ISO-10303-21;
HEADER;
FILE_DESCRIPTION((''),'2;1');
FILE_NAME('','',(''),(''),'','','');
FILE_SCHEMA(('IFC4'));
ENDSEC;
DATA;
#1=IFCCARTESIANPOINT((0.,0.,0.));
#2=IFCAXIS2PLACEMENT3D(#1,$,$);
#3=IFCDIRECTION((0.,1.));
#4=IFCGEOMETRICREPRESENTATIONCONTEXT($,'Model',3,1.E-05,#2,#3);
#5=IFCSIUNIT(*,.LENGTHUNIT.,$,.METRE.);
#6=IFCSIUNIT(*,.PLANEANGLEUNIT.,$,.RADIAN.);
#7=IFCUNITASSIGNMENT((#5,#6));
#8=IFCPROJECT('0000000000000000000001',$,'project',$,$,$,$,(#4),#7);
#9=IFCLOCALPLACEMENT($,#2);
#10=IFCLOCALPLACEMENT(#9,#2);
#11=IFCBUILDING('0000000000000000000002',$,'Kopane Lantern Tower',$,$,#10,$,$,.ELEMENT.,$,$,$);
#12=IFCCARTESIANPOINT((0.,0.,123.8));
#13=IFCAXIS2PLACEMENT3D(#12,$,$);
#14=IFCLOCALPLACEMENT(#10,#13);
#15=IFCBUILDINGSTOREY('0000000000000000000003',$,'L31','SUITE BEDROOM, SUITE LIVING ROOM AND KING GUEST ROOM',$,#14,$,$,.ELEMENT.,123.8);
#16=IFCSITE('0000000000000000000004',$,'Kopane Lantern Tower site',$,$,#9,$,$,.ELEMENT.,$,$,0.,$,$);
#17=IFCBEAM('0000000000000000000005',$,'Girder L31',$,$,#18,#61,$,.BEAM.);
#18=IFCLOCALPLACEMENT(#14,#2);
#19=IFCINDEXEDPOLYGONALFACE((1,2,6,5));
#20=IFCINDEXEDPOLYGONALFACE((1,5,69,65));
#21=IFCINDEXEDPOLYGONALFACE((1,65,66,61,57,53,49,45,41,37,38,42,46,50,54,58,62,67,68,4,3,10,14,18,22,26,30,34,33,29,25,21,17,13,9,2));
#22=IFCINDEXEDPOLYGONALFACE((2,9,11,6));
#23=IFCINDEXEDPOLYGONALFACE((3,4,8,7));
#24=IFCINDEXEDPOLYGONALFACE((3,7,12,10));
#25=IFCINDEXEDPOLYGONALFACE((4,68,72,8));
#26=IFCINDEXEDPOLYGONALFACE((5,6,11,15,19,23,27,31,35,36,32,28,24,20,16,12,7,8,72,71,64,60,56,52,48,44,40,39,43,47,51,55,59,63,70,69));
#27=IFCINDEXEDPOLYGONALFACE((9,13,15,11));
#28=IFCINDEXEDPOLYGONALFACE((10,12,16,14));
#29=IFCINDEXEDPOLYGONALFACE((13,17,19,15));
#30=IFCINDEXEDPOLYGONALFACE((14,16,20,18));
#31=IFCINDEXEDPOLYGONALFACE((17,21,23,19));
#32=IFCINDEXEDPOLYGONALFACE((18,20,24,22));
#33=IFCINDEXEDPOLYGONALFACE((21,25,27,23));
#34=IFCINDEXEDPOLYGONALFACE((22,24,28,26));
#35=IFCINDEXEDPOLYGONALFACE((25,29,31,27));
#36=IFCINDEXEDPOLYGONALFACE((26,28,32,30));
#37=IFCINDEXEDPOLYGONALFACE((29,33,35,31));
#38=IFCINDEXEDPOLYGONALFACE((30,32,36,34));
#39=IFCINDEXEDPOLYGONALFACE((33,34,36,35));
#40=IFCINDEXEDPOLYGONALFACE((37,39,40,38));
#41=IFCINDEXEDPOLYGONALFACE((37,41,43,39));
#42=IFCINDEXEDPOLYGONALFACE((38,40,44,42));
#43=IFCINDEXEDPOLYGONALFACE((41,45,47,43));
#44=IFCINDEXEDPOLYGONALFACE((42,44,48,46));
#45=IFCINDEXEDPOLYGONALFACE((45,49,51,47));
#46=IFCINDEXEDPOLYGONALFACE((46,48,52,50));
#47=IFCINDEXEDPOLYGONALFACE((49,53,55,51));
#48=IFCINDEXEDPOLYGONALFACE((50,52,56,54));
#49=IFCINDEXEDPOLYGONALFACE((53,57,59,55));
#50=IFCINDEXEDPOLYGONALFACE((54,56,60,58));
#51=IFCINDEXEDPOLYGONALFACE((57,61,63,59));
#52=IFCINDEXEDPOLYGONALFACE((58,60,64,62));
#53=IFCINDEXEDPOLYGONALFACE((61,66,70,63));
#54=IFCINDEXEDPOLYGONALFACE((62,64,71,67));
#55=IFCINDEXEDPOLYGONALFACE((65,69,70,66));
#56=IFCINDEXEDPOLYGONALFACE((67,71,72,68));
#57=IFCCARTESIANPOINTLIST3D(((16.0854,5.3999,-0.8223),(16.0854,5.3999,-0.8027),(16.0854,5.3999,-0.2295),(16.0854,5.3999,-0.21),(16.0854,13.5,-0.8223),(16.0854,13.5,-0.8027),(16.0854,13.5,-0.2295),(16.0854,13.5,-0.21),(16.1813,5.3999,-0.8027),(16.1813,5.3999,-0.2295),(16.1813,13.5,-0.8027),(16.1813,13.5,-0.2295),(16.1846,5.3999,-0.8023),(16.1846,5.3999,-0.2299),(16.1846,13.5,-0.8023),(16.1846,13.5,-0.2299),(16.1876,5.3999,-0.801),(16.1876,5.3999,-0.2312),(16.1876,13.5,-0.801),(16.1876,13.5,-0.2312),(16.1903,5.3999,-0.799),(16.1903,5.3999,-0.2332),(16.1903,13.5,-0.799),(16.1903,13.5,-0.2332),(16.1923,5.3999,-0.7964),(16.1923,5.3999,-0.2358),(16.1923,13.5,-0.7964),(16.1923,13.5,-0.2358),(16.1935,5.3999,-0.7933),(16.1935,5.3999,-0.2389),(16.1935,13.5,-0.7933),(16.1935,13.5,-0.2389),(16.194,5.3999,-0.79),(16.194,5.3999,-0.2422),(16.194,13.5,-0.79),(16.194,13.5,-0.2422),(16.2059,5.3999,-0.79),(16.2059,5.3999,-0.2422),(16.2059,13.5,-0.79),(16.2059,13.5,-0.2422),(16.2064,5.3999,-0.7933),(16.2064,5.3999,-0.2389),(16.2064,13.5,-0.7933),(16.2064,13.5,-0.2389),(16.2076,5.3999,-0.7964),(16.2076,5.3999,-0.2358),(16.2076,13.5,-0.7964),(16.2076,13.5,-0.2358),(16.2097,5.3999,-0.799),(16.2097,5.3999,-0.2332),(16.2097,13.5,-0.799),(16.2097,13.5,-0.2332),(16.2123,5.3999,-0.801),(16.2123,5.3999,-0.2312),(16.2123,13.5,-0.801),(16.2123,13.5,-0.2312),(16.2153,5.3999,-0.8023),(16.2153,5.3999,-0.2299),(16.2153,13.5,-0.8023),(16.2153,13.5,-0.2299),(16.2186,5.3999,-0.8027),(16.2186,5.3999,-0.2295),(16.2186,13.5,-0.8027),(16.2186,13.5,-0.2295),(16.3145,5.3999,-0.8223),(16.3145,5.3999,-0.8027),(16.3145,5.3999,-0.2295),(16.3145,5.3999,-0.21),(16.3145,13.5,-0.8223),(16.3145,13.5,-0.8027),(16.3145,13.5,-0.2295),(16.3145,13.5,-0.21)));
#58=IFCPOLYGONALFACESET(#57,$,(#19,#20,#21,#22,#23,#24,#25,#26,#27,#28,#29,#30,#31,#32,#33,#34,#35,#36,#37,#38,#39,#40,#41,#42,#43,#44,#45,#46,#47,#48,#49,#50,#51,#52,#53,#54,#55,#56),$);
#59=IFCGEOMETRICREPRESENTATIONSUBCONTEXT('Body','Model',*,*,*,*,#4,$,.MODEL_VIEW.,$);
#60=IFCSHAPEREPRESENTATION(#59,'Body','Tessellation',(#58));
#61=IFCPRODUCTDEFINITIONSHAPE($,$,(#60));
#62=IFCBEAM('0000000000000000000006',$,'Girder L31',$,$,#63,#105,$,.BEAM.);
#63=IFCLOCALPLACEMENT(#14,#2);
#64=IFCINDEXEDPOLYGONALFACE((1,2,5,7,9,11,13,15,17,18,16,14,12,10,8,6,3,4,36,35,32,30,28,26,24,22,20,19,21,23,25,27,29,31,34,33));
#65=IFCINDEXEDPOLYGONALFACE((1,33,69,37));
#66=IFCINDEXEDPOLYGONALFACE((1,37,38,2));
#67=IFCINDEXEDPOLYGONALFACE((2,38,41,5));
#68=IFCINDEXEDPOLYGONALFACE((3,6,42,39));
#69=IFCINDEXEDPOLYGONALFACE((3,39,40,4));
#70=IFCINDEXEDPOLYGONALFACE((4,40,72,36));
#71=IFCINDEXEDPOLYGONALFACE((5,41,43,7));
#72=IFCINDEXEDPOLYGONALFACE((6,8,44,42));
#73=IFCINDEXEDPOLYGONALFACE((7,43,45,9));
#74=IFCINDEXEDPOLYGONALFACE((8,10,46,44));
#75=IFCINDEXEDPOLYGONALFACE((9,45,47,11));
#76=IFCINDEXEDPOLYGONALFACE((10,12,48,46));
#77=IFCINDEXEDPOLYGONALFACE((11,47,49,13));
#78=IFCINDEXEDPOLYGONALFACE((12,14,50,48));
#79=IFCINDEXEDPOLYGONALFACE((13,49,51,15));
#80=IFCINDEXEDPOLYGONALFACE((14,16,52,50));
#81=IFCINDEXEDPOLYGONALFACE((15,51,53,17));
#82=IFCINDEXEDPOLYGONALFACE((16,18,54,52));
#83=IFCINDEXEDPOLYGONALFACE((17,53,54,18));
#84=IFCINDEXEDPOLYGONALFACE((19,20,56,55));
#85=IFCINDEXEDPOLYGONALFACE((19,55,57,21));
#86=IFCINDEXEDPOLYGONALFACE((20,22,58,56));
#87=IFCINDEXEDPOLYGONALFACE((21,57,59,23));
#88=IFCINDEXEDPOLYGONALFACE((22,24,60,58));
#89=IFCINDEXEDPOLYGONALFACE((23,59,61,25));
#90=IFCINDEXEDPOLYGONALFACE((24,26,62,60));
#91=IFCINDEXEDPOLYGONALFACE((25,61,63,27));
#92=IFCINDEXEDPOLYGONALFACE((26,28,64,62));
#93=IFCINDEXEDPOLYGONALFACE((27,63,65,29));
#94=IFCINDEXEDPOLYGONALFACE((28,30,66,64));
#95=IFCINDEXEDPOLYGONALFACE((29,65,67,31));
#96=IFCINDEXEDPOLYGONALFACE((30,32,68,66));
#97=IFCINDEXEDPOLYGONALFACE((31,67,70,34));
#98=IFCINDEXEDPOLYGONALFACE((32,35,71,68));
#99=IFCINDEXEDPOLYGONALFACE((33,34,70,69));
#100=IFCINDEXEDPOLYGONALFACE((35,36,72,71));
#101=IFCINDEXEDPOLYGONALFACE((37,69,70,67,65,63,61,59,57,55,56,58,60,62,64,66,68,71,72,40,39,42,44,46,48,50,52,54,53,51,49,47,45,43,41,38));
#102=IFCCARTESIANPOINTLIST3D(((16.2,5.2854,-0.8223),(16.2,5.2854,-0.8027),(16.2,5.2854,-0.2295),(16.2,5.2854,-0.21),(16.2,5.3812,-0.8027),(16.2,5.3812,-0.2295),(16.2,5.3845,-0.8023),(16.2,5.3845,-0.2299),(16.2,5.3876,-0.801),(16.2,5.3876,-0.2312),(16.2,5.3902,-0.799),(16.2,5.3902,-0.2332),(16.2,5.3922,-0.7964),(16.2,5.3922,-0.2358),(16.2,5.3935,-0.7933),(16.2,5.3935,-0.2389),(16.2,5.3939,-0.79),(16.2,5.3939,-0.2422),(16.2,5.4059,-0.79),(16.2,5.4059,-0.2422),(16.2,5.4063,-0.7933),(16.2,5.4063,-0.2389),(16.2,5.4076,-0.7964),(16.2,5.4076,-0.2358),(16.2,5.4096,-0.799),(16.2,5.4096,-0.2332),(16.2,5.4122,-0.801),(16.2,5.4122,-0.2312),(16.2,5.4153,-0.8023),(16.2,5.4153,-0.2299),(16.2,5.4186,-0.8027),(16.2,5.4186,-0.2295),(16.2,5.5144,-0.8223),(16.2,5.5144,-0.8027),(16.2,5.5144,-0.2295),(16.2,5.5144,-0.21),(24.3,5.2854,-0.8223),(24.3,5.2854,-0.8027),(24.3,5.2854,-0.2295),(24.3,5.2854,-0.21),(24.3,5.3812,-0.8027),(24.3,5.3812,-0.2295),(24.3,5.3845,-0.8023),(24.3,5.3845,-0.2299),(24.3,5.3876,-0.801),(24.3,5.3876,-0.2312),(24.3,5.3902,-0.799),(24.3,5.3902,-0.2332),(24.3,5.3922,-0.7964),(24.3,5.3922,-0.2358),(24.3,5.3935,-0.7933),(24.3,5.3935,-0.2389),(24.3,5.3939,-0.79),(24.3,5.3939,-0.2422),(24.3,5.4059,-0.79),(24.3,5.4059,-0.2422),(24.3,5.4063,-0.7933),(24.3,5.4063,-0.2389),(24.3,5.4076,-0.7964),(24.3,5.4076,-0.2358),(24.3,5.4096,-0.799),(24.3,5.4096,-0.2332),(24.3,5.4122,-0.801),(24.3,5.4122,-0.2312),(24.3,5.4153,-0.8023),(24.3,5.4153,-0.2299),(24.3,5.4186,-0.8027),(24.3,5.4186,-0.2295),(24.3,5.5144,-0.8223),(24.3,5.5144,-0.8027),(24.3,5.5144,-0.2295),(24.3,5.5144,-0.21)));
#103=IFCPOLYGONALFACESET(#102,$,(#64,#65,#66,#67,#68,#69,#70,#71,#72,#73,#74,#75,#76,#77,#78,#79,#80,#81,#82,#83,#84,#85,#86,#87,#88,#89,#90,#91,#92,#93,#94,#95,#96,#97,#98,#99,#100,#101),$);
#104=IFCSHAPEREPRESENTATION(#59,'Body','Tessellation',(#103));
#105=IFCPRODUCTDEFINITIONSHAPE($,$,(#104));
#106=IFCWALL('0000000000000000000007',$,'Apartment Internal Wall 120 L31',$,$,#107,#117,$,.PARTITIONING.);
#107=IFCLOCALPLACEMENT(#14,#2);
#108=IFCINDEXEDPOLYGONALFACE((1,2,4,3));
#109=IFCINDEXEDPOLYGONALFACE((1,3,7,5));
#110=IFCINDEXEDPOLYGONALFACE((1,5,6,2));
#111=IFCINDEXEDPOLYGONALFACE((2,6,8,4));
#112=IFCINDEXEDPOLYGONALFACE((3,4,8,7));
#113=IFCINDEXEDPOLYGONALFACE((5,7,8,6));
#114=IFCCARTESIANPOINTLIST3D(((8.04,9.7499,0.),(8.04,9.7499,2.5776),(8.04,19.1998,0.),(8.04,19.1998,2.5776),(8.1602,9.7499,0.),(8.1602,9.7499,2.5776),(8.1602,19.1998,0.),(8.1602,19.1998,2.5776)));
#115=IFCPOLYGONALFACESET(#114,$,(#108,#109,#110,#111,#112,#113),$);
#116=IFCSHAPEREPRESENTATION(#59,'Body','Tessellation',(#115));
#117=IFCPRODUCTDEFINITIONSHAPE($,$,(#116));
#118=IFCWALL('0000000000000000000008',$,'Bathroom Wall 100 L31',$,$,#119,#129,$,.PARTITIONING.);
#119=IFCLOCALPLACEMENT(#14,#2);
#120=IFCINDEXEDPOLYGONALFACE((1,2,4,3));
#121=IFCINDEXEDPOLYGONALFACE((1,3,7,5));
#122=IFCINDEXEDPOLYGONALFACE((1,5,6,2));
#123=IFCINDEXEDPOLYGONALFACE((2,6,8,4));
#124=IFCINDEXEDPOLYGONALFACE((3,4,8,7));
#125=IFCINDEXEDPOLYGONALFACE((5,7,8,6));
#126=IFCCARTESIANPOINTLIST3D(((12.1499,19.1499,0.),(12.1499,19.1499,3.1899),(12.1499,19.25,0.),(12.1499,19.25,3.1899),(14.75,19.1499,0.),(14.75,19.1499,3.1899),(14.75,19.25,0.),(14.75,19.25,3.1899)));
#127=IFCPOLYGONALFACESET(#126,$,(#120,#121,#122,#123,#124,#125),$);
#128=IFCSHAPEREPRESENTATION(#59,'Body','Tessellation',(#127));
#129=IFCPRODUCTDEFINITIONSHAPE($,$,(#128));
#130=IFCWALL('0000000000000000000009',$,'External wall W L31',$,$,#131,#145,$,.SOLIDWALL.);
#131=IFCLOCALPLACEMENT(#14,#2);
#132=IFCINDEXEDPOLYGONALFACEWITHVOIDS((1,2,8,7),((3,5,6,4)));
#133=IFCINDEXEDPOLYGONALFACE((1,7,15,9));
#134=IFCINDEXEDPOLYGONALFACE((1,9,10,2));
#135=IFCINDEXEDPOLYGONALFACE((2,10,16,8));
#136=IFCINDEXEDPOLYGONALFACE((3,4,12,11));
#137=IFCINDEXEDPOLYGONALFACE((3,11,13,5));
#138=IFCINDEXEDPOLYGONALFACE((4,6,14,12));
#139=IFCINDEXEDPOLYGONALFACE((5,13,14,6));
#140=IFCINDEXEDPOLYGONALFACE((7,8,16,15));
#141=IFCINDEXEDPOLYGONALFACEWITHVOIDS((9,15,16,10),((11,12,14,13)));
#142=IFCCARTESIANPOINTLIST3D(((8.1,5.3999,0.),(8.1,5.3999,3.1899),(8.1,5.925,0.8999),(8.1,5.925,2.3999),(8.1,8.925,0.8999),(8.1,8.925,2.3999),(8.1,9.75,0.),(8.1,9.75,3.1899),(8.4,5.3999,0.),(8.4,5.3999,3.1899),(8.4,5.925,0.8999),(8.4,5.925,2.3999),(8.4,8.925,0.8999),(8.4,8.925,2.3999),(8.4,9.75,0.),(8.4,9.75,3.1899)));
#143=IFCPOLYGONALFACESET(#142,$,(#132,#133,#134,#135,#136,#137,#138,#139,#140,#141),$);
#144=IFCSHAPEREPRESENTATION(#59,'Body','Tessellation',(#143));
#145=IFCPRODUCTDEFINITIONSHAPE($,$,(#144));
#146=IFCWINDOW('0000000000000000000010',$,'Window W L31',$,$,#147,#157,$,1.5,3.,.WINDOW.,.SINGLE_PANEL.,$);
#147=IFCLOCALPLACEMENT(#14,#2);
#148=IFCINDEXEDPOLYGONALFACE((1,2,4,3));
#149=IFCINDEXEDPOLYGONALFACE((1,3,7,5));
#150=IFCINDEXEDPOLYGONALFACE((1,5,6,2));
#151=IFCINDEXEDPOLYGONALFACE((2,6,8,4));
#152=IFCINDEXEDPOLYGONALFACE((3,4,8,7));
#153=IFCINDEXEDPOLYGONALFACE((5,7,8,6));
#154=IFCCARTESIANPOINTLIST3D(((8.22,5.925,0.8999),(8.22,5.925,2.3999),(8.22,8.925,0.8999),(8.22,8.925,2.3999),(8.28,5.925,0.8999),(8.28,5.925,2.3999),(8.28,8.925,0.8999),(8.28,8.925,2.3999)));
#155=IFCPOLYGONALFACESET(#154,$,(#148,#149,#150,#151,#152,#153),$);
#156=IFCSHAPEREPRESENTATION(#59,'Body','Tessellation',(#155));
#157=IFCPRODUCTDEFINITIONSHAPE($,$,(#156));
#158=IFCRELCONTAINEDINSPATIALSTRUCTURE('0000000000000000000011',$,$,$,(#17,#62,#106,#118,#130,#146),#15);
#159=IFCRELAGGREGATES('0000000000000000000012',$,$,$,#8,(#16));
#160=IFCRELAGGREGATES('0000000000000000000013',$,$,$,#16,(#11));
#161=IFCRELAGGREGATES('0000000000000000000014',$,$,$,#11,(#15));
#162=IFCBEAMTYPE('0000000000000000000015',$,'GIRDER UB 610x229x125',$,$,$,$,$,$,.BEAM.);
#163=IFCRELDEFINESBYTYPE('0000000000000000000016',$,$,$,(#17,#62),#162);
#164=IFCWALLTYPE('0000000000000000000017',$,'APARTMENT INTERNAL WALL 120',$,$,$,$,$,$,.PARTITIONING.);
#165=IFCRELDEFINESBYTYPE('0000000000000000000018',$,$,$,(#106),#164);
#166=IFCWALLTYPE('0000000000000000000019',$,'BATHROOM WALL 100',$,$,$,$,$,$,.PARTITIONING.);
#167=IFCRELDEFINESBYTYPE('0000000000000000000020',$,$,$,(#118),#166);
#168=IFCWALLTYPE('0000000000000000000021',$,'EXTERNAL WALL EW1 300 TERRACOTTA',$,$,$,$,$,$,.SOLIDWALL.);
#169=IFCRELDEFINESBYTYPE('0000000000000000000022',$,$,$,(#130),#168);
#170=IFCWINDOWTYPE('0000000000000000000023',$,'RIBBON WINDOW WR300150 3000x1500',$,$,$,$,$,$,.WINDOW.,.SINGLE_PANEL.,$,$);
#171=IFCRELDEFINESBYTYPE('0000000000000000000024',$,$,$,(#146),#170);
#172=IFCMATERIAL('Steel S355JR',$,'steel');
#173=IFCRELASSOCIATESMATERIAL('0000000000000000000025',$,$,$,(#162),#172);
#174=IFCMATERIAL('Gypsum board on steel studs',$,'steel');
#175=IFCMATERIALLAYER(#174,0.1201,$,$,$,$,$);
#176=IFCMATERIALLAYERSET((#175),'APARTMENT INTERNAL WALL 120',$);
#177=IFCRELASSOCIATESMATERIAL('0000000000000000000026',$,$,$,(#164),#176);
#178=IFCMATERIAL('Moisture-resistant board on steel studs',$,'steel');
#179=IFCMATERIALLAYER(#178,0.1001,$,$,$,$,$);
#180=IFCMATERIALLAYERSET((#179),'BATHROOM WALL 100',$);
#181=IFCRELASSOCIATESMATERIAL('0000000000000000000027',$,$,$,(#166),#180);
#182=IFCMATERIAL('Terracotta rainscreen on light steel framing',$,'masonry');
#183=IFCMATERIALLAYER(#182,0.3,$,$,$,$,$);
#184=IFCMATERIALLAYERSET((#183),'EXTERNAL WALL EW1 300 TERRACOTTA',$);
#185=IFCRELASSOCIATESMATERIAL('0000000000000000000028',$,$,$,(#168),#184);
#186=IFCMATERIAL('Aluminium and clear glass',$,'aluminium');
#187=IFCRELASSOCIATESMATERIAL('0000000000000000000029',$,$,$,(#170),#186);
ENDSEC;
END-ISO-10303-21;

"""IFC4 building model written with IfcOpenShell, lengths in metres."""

from ifc_helpers import new_model, si_unit, direction, frame, frame_2d, origin, origin_2d, place, context, subcontext, project, spatial, rectangle, i_section, extrude, material, layer, layer_set, material_profile, profile_set, type_object, element, fill, save


model = new_model("IFC4")

# Units and contexts
model_context = context("Model", 3, precision=1e-05, world=origin(), true_north=direction((0.0, 1.0)))
body_context = subcontext(model_context, "Body", "Model", "MODEL_VIEW")
ifc_project = project(units=[si_unit("LENGTHUNIT", "METRE"), si_unit("PLANEANGLEUNIT", "RADIAN")], contexts=[model_context])

# Site, building, storey
site_placement = place(None, origin())
site = spatial("IfcSite", under=ifc_project, at=site_placement, Name="Kopane Lantern Tower site", CompositionType="ELEMENT", RefElevation=0.0)
building_placement = place(site_placement, origin())
building = spatial("IfcBuilding", under=site, at=building_placement, Name="Kopane Lantern Tower", CompositionType="ELEMENT")
storey_placement = place(building_placement, frame((0.0, 0.0, 123.8)))
storey = spatial("IfcBuildingStorey", under=building, at=storey_placement, Name="L31", Description="SUITE BEDROOM, SUITE LIVING ROOM AND KING GUEST ROOM", CompositionType="ELEMENT", Elevation=123.8)

# Beams
ifc_material_1 = material(Name="Steel S355JR", Category="steel")
ifc_material_profile_1 = material_profile(ifc_material_1, i_section(OverallWidth=0.229, OverallDepth=0.6123, WebThickness=0.012, FlangeThickness=0.0195, FilletRadius=0.0127, at=origin_2d()), Name="UB 610x229x125")
ifc_profile_set_1 = profile_set([ifc_material_profile_1], Name="Steel S355JR")
beam_type = type_object("IfcBeamType", Name="GIRDER UB 610x229x125", PredefinedType="BEAM", material=ifc_profile_set_1)
for number, where, z_axis, x_axis, name in (
    (1, (16.2, 5.3999, -0.5161), (0.0, 1.0, 0.0), (-1.0, 0.0, 0.0), "Girder L31"),
    (2, (16.2, 5.3999, -0.5161), (1.0, 0.0, 0.0), (0.0, 1.0, 0.0), "Girder L31"),
):
    element("IfcBeam", number, at=place(storey_placement, frame(where, z_axis=z_axis, x_axis=x_axis)), inside=storey, type_object=beam_type, Name=name, PredefinedType="BEAM", context=body_context, shape_type="SweptSolid", body=[
        extrude(i_section(OverallWidth=0.229, OverallDepth=0.6123, WebThickness=0.012, FlangeThickness=0.0195, FilletRadius=0.0127, at=origin_2d()), origin(), (0.0, 0.0, 1.0), 8.1001),
    ])

# Walls
ifc_material_2 = material(Name="Gypsum board on steel studs", Category="steel")
ifc_layer_1 = layer(ifc_material_2, 0.1201)
ifc_layer_set_1 = layer_set([ifc_layer_1], Name="APARTMENT INTERNAL WALL 120")
wall_type_1 = type_object("IfcWallType", Name="APARTMENT INTERNAL WALL 120", PredefinedType="PARTITIONING", material=ifc_layer_set_1)
wall_1_placement = place(storey_placement, frame((8.1001, 19.2, 0.0), z_axis=(0.0, 0.0, 1.0), x_axis=(0.0, -1.0, 0.0)))
element("IfcWall", 3, at=wall_1_placement, inside=storey, type_object=wall_type_1, Name="Apartment Internal Wall 120 L31", PredefinedType="PARTITIONING", context=body_context, shape_type="SweptSolid", body=[
    extrude(rectangle(XDim=9.45, YDim=0.1201, at=frame_2d((4.7251, 0.0))), origin(), (0.0, 0.0, 1.0), 2.5776),
])
ifc_material_3 = material(Name="Moisture-resistant board on steel studs", Category="steel")
ifc_layer_2 = layer(ifc_material_3, 0.1001)
ifc_layer_set_2 = layer_set([ifc_layer_2], Name="BATHROOM WALL 100")
wall_type_2 = type_object("IfcWallType", Name="BATHROOM WALL 100", PredefinedType="PARTITIONING", material=ifc_layer_set_2)
wall_2_placement = place(storey_placement, frame((12.1499, 19.2, 0.0), z_axis=(0.0, 0.0, 1.0), x_axis=(1.0, 0.0, 0.0)))
element("IfcWall", 4, at=wall_2_placement, inside=storey, type_object=wall_type_2, Name="Bathroom Wall 100 L31", PredefinedType="PARTITIONING", context=body_context, shape_type="SweptSolid", body=[
    extrude(rectangle(XDim=2.6001, YDim=0.1001, at=frame_2d((1.3, 0.0))), origin(), (0.0, 0.0, 1.0), 3.1899),
])

# Shared definitions
ifc_material_4 = material(Name="Terracotta rainscreen on light steel framing", Category="masonry")
ifc_layer_3 = layer(ifc_material_4, 0.3)
ifc_layer_set_3 = layer_set([ifc_layer_3], Name="EXTERNAL WALL EW1 300 TERRACOTTA")
wall_type_3 = type_object("IfcWallType", Name="EXTERNAL WALL EW1 300 TERRACOTTA", PredefinedType="SOLIDWALL", material=ifc_layer_set_3)

# Wall, opening, window
wall_3_placement = place(storey_placement, frame((8.25, 9.75, 0.0), z_axis=(0.0, 0.0, 1.0), x_axis=(0.0, -1.0, 0.0)))
wall_3 = element("IfcWall", 5, at=wall_3_placement, inside=storey, type_object=wall_type_3, Name="External wall W L31", PredefinedType="SOLIDWALL", context=body_context, shape_type="SweptSolid", body=[
    extrude(rectangle(XDim=4.3501, YDim=0.3, at=frame_2d((2.175, 0.0))), origin(), (0.0, 0.0, 1.0), 3.1899),
])
opening_1_placement = place(wall_3_placement, frame((0.825, 0.0, 0.8999)))
opening_1 = element("IfcOpeningElement", 6, at=opening_1_placement, cuts=wall_3, PredefinedType="OPENING", context=body_context, shape_type="SweptSolid", body=[
    extrude(rectangle(XDim=3.0, YDim=1.5, at=frame_2d((1.5, 0.75))), frame((0.0, 0.1599, 0.0), z_axis=(0.0, -1.0, 0.0), x_axis=(1.0, 0.0, 0.0)), (0.0, 0.0, 1.0), 0.3201),
])
ifc_material_5 = material(Name="Aluminium and clear glass", Category="aluminium")
window_type_1 = type_object("IfcWindowType", Name="RIBBON WINDOW WR300150 3000x1500", PartitioningType="SINGLE_PANEL", PredefinedType="WINDOW", material=ifc_material_5)
window_1_placement = place(opening_1_placement, origin())
window_1 = element("IfcWindow", 7, at=window_1_placement, inside=storey, type_object=window_type_1, Name="Window W L31", OverallHeight=1.5, OverallWidth=3.0, PartitioningType="SINGLE_PANEL", PredefinedType="WINDOW", context=body_context, shape_type="SweptSolid", body=[
    extrude(rectangle(XDim=3.0, YDim=1.5, at=frame_2d((1.5, 0.75))), frame((0.0, 0.03, 0.0), z_axis=(0.0, -1.0, 0.0), x_axis=(1.0, 0.0, 0.0)), (0.0, 0.0, 1.0), 0.0601),
])
fill(opening_1, window_1)

save(model, "model.ifc")
